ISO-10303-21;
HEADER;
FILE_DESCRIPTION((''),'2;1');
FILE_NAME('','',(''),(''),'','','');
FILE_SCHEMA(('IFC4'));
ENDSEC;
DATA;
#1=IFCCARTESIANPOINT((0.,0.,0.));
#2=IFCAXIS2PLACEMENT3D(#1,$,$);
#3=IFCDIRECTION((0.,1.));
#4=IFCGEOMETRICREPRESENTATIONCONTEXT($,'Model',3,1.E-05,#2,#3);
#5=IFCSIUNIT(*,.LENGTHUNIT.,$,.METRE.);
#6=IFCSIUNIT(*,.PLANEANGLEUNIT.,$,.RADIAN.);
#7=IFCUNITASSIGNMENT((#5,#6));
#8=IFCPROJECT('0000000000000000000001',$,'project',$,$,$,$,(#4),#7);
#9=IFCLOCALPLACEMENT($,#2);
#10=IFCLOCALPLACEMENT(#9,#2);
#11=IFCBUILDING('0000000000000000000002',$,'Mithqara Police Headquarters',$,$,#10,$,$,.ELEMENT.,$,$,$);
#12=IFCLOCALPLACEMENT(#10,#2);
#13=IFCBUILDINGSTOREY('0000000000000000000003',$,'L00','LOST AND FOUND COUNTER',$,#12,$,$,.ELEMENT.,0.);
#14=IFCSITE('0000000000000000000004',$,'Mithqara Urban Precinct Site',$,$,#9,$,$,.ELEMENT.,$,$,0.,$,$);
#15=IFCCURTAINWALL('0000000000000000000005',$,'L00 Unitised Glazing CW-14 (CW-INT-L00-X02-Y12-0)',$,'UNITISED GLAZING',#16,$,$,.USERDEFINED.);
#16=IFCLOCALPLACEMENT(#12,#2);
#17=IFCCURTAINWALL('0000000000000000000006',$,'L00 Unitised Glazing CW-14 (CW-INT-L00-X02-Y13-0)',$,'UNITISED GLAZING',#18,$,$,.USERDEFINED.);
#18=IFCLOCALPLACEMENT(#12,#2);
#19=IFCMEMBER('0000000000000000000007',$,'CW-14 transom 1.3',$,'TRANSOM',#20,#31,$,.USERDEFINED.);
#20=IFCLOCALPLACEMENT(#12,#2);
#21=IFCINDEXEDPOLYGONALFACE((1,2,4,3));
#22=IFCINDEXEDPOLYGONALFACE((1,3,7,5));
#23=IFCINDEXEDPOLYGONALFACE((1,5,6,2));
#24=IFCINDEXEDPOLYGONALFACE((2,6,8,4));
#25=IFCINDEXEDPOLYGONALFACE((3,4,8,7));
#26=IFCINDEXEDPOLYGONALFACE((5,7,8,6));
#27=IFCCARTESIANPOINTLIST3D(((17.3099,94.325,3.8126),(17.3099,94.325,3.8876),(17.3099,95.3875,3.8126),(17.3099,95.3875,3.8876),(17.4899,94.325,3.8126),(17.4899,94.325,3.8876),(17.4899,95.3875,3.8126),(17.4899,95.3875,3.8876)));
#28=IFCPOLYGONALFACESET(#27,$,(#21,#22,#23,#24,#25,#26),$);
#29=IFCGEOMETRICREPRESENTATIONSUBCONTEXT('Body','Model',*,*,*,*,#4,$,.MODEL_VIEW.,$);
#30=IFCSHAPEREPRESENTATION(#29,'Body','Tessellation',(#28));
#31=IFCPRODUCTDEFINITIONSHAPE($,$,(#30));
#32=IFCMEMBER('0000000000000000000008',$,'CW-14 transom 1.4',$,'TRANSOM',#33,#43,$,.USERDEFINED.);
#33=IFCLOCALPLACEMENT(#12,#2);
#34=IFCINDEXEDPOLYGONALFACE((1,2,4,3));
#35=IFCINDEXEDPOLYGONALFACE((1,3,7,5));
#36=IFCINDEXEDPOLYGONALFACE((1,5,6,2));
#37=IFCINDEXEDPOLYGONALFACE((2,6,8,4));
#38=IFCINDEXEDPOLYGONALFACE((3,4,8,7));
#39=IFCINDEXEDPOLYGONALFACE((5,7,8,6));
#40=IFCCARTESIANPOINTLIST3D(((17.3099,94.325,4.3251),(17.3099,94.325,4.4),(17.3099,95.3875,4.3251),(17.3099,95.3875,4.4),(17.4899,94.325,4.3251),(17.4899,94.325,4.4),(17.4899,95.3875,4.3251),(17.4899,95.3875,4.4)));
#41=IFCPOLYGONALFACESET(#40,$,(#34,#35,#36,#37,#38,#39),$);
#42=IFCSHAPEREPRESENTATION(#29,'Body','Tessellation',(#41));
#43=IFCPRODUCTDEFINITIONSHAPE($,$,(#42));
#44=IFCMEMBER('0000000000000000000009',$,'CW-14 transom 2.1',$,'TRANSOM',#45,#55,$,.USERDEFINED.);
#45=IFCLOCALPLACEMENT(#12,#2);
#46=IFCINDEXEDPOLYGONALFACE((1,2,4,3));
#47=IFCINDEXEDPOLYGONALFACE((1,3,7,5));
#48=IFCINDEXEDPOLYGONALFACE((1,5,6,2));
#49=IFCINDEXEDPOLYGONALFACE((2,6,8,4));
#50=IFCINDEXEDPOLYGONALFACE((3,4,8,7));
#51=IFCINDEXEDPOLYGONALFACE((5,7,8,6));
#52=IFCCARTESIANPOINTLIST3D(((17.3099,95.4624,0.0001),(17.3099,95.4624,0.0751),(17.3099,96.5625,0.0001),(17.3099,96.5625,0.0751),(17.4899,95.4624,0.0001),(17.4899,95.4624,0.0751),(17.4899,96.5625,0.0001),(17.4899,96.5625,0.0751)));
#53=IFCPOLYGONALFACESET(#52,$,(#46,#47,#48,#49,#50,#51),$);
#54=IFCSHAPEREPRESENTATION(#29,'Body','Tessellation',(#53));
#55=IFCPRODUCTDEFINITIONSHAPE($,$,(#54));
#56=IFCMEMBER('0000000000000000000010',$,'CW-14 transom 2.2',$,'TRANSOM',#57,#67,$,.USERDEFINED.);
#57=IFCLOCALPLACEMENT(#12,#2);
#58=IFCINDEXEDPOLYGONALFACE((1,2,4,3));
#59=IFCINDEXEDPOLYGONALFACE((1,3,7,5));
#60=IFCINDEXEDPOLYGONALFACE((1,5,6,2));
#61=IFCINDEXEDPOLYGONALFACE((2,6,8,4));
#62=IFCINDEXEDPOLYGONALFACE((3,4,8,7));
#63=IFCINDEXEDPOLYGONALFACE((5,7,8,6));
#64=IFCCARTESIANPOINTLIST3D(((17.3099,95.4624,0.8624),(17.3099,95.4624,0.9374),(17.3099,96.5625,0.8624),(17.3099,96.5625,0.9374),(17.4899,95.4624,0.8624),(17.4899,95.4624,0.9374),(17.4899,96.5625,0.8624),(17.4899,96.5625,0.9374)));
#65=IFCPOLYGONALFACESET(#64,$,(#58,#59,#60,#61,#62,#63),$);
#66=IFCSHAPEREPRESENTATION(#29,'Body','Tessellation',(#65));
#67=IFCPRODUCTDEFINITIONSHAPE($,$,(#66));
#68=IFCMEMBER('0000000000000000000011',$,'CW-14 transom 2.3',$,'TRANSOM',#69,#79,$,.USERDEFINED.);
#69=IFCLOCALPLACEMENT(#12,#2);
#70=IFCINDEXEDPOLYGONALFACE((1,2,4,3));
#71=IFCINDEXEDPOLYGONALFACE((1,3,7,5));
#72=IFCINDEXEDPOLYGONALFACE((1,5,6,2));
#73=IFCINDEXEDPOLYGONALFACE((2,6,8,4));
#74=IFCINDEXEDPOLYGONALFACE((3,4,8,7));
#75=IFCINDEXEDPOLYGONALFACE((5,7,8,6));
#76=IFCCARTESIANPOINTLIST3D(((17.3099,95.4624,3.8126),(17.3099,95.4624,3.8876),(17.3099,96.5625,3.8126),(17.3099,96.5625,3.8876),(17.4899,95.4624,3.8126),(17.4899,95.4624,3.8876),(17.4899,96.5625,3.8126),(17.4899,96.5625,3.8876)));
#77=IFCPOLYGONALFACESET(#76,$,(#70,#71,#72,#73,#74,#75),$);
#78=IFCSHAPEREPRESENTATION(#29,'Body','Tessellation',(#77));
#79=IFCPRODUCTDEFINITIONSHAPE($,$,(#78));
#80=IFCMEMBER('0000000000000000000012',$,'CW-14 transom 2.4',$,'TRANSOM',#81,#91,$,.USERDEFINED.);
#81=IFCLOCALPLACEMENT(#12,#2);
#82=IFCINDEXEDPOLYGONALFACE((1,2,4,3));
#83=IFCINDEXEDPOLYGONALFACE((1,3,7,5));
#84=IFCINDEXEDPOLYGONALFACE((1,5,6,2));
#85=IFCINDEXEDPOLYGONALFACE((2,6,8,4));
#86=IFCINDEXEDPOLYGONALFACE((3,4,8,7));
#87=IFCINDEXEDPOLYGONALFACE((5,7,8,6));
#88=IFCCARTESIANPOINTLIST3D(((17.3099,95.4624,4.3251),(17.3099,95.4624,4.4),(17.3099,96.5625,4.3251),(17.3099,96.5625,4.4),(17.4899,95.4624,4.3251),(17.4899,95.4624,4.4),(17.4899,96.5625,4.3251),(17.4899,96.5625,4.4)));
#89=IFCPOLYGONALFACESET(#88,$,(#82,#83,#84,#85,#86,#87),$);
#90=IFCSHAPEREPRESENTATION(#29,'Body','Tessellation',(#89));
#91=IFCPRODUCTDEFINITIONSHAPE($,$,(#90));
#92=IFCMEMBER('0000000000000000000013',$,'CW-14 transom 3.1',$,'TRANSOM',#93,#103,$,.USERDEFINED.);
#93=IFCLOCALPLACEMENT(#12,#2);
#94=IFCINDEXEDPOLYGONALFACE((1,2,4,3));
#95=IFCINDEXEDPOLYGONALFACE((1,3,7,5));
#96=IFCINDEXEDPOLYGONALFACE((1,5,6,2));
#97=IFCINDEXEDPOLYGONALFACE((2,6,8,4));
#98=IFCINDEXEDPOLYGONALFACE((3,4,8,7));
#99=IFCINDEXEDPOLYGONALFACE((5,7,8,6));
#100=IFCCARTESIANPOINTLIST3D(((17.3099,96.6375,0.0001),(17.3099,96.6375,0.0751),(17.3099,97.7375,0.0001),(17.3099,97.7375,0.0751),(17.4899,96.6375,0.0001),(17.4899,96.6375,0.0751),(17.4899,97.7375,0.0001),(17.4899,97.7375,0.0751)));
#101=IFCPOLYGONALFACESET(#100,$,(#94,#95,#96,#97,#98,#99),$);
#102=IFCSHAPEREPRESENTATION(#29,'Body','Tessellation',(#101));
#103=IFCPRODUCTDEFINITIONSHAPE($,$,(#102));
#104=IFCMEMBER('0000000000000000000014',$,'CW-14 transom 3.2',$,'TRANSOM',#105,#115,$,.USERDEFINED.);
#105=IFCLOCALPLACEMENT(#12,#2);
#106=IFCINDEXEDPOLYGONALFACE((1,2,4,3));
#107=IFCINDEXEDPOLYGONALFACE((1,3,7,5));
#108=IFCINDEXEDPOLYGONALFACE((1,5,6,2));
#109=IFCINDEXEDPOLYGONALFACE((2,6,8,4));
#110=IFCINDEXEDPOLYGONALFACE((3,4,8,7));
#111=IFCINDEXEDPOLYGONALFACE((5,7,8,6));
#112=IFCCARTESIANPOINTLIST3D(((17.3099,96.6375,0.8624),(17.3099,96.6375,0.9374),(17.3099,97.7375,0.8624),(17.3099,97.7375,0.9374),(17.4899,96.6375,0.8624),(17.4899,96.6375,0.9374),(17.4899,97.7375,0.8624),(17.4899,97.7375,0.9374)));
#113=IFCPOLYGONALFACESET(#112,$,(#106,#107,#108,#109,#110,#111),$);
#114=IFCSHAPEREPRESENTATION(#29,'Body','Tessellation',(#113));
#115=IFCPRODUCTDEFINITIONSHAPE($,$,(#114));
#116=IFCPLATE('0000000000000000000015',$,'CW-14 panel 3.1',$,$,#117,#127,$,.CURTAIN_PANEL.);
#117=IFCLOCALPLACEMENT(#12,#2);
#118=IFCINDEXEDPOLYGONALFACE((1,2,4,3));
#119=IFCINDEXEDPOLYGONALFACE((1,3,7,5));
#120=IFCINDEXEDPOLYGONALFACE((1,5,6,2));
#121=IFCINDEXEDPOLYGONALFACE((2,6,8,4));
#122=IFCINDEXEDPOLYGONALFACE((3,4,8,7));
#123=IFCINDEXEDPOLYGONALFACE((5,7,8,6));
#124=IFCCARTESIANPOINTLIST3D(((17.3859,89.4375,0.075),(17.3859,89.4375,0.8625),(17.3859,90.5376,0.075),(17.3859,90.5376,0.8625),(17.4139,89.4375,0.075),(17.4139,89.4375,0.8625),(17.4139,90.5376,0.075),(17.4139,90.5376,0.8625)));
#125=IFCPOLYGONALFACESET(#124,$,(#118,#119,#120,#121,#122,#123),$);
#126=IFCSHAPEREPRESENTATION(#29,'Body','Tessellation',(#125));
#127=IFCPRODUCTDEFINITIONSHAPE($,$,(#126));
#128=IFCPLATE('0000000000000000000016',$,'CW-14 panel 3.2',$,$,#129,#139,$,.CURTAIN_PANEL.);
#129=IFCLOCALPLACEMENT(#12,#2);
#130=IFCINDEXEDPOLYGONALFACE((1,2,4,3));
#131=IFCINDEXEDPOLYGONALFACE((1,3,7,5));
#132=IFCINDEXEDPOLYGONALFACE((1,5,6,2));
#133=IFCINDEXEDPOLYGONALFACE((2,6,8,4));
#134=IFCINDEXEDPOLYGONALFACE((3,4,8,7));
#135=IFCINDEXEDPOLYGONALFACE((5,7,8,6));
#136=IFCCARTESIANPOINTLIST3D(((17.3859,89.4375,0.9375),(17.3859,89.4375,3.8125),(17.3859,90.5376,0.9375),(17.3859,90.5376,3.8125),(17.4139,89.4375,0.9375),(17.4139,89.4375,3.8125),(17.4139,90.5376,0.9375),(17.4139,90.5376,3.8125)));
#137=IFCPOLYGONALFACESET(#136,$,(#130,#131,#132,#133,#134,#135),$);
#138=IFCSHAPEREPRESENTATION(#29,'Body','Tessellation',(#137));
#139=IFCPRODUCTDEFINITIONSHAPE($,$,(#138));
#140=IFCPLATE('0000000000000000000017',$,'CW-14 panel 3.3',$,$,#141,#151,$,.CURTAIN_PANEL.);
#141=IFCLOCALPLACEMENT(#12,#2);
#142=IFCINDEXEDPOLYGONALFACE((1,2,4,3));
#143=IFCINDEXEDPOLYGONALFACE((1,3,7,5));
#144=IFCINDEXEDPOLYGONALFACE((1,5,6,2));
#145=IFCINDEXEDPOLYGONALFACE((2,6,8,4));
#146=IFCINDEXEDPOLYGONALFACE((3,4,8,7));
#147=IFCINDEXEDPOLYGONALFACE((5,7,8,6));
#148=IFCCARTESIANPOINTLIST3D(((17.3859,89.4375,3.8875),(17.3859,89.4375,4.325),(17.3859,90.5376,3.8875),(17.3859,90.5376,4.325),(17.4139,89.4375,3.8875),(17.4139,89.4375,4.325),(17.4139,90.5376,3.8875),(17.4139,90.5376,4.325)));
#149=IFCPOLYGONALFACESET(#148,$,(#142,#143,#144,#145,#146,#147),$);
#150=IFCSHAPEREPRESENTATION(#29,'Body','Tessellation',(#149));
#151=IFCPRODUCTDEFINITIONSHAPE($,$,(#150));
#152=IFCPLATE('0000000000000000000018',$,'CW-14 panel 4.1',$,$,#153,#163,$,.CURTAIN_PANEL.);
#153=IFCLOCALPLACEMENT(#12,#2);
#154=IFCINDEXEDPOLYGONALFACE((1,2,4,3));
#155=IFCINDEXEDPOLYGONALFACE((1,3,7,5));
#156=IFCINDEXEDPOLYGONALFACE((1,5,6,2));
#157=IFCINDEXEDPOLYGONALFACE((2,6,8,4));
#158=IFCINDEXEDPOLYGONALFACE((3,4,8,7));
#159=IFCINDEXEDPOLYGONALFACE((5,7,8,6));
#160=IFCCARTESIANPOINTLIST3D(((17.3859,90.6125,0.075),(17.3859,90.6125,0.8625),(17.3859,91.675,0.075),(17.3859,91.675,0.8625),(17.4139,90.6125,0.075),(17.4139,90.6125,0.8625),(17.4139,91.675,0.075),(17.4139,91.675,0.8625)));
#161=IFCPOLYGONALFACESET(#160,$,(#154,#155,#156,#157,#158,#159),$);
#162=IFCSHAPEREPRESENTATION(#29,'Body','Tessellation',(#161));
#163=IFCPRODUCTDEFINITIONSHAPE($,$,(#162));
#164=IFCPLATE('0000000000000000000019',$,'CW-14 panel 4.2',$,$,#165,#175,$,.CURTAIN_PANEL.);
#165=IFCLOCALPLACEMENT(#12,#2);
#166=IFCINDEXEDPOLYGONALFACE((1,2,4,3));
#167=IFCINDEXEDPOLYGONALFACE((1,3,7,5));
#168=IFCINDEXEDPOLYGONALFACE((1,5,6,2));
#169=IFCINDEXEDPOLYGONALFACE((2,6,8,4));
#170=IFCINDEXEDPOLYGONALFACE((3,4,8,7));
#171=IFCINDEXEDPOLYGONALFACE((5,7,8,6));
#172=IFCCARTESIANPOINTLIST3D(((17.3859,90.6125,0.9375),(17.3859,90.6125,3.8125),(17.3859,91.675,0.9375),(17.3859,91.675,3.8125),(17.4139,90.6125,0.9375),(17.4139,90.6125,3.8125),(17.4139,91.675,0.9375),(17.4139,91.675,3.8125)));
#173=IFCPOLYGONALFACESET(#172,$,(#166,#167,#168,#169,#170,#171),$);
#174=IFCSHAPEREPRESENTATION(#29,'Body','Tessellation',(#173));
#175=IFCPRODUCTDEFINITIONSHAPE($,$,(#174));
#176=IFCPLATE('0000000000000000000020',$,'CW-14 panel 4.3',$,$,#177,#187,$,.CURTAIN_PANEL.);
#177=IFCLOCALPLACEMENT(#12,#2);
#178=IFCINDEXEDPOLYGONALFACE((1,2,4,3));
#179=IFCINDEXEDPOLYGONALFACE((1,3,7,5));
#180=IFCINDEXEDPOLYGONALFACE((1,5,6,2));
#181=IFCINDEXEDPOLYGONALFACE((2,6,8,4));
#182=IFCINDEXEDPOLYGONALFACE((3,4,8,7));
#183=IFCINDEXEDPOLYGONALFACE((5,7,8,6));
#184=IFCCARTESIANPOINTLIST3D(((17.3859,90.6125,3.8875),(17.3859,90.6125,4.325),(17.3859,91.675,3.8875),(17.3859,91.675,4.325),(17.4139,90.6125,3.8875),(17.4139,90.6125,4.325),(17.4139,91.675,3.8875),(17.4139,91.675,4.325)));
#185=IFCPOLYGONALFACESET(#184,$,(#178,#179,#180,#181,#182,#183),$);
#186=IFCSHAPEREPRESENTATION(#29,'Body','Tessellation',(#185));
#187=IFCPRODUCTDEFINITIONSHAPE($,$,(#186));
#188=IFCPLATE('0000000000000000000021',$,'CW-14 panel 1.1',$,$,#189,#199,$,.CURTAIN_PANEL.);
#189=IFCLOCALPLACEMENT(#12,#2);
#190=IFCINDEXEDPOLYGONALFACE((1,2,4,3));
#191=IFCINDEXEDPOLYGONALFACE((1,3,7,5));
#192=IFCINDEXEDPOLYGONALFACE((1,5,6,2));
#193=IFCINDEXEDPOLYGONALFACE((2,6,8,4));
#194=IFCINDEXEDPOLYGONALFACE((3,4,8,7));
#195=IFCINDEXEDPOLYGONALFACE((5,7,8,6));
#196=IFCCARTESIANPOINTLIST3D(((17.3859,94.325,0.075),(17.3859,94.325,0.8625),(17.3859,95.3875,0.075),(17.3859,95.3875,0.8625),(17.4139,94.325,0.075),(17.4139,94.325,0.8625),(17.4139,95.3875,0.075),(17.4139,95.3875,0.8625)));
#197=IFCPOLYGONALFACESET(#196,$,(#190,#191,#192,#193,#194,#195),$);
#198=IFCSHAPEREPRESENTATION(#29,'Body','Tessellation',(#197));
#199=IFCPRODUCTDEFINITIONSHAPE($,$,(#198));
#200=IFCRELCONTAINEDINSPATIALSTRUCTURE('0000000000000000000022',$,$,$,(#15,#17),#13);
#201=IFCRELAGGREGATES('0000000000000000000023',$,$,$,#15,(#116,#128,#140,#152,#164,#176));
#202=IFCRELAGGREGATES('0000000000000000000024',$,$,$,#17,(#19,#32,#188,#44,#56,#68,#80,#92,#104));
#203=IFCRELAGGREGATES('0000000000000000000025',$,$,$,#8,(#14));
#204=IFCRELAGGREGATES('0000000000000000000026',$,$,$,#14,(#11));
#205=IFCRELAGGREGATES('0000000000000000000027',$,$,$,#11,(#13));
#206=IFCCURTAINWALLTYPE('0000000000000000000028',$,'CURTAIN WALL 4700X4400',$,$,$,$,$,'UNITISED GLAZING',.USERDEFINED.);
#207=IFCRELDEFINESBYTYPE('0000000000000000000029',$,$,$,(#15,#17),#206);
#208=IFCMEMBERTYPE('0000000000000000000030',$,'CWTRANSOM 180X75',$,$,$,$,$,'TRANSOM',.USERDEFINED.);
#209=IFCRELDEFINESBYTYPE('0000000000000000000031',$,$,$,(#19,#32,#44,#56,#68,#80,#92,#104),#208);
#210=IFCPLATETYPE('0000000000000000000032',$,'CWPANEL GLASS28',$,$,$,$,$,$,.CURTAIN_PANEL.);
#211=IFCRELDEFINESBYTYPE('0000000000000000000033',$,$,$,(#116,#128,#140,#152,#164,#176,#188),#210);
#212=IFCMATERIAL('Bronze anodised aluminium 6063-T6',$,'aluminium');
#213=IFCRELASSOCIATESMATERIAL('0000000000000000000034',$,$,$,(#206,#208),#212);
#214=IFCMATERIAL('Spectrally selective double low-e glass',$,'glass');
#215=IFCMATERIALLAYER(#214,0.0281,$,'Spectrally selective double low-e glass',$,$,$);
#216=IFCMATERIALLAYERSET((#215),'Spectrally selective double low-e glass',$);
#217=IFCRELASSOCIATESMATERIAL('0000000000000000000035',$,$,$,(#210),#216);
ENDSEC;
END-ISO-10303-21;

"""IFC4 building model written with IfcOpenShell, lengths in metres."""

from ifc_helpers import new_model, si_unit, direction, frame, origin, origin_2d, place, context, subcontext, project, spatial, rectangle, extrude, material, layer, layer_set, material_profile, profile_set, type_object, element, aggregate, save


model = new_model("IFC4")

# Units and contexts
model_context = context("Model", 3, precision=1e-05, world=origin(), true_north=direction((0.0, 1.0)))
body_context = subcontext(model_context, "Body", "Model", "MODEL_VIEW")
ifc_project = project(units=[si_unit("LENGTHUNIT", "METRE"), si_unit("PLANEANGLEUNIT", "RADIAN")], contexts=[model_context])

# Site, building, storey
site_placement = place(None, origin())
site = spatial("IfcSite", under=ifc_project, at=site_placement, Name="Mithqara Urban Precinct Site", CompositionType="ELEMENT", RefElevation=0.0)
building_placement = place(site_placement, origin())
building = spatial("IfcBuilding", under=site, at=building_placement, Name="Mithqara Police Headquarters", CompositionType="ELEMENT")
storey_placement = place(building_placement, origin())
storey = spatial("IfcBuildingStorey", under=building, at=storey_placement, Name="L00", Description="LOST AND FOUND COUNTER", CompositionType="ELEMENT", Elevation=0.0)

# Curtain walls
ifc_material_1 = material(Name="Bronze anodised aluminium 6063-T6", Category="aluminium")
curtain_wall_type = type_object("IfcCurtainWallType", Name="CURTAIN WALL 4700X4400", ElementType="UNITISED GLAZING", PredefinedType="USERDEFINED", material=ifc_material_1)
curtain_wall_1_placement = place(storey_placement, origin())
curtain_wall_1 = element("IfcCurtainWall", 1, at=curtain_wall_1_placement, inside=storey, type_object=curtain_wall_type, Name="L00 Unitised Glazing CW-14 (CW-INT-L00-X02-Y12-0)", ObjectType="UNITISED GLAZING", PredefinedType="USERDEFINED")
curtain_wall_2_placement = place(storey_placement, origin())
curtain_wall_2 = element("IfcCurtainWall", 2, at=curtain_wall_2_placement, inside=storey, type_object=curtain_wall_type, Name="L00 Unitised Glazing CW-14 (CW-INT-L00-X02-Y13-0)", ObjectType="UNITISED GLAZING", PredefinedType="USERDEFINED")

# Members
ifc_material_profile_1 = material_profile(ifc_material_1, rectangle(XDim=0.1799, YDim=0.075, at=origin_2d()), Name="CWT 180x75")
ifc_profile_set_1 = profile_set([ifc_material_profile_1], Name="Bronze anodised aluminium 6063-T6")
member_type_1 = type_object("IfcMemberType", Name="CWTRANSOM 180X75", ElementType="TRANSOM", PredefinedType="USERDEFINED", material=ifc_profile_set_1)
member_1_placement = place(storey_placement, frame((17.3999, 94.325, 3.8501), z_axis=(0.0, 1.0, 0.0), x_axis=(-1.0, 0.0, 0.0)))
member_1 = element("IfcMember", 3, at=member_1_placement, type_object=member_type_1, Name="CW-14 transom 1.3", ObjectType="TRANSOM", PredefinedType="USERDEFINED", context=body_context, shape_type="SweptSolid", body=[
    extrude(rectangle(XDim=0.1799, YDim=0.075, at=origin_2d()), origin(), (0.0, 0.0, 1.0), 1.0625),
])
member_2_placement = place(storey_placement, frame((17.3999, 94.325, 4.3625), z_axis=(0.0, 1.0, 0.0), x_axis=(-1.0, 0.0, 0.0)))
member_2 = element("IfcMember", 4, at=member_2_placement, type_object=member_type_1, Name="CW-14 transom 1.4", ObjectType="TRANSOM", PredefinedType="USERDEFINED", context=body_context, shape_type="SweptSolid", body=[
    extrude(rectangle(XDim=0.1799, YDim=0.075, at=origin_2d()), origin(), (0.0, 0.0, 1.0), 1.0625),
])
member_3_placement = place(storey_placement, frame((17.3999, 95.4624, 0.0376), z_axis=(0.0, 1.0, 0.0), x_axis=(-1.0, 0.0, 0.0)))
member_3 = element("IfcMember", 5, at=member_3_placement, type_object=member_type_1, Name="CW-14 transom 2.1", ObjectType="TRANSOM", PredefinedType="USERDEFINED", context=body_context, shape_type="SweptSolid", body=[
    extrude(rectangle(XDim=0.1799, YDim=0.075, at=origin_2d()), origin(), (0.0, 0.0, 1.0), 1.1001),
])
member_4_placement = place(storey_placement, frame((17.3999, 95.4624, 0.8999), z_axis=(0.0, 1.0, 0.0), x_axis=(-1.0, 0.0, 0.0)))
member_4 = element("IfcMember", 6, at=member_4_placement, type_object=member_type_1, Name="CW-14 transom 2.2", ObjectType="TRANSOM", PredefinedType="USERDEFINED", context=body_context, shape_type="SweptSolid", body=[
    extrude(rectangle(XDim=0.1799, YDim=0.075, at=origin_2d()), origin(), (0.0, 0.0, 1.0), 1.1001),
])
member_5_placement = place(storey_placement, frame((17.3999, 95.4624, 3.8501), z_axis=(0.0, 1.0, 0.0), x_axis=(-1.0, 0.0, 0.0)))
member_5 = element("IfcMember", 7, at=member_5_placement, type_object=member_type_1, Name="CW-14 transom 2.3", ObjectType="TRANSOM", PredefinedType="USERDEFINED", context=body_context, shape_type="SweptSolid", body=[
    extrude(rectangle(XDim=0.1799, YDim=0.075, at=origin_2d()), origin(), (0.0, 0.0, 1.0), 1.1001),
])
member_6_placement = place(storey_placement, frame((17.3999, 95.4624, 4.3625), z_axis=(0.0, 1.0, 0.0), x_axis=(-1.0, 0.0, 0.0)))
member_6 = element("IfcMember", 8, at=member_6_placement, type_object=member_type_1, Name="CW-14 transom 2.4", ObjectType="TRANSOM", PredefinedType="USERDEFINED", context=body_context, shape_type="SweptSolid", body=[
    extrude(rectangle(XDim=0.1799, YDim=0.075, at=origin_2d()), origin(), (0.0, 0.0, 1.0), 1.1001),
])
member_7_placement = place(storey_placement, frame((17.3999, 96.6375, 0.0376), z_axis=(0.0, 1.0, 0.0), x_axis=(-1.0, 0.0, 0.0)))
member_7 = element("IfcMember", 9, at=member_7_placement, type_object=member_type_1, Name="CW-14 transom 3.1", ObjectType="TRANSOM", PredefinedType="USERDEFINED", context=body_context, shape_type="SweptSolid", body=[
    extrude(rectangle(XDim=0.1799, YDim=0.075, at=origin_2d()), origin(), (0.0, 0.0, 1.0), 1.1001),
])
member_8_placement = place(storey_placement, frame((17.3999, 96.6375, 0.8999), z_axis=(0.0, 1.0, 0.0), x_axis=(-1.0, 0.0, 0.0)))
member_8 = element("IfcMember", 10, at=member_8_placement, type_object=member_type_1, Name="CW-14 transom 3.2", ObjectType="TRANSOM", PredefinedType="USERDEFINED", context=body_context, shape_type="SweptSolid", body=[
    extrude(rectangle(XDim=0.1799, YDim=0.075, at=origin_2d()), origin(), (0.0, 0.0, 1.0), 1.1001),
])

# Plates
ifc_material_2 = material(Name="Spectrally selective double low-e glass", Category="glass")
ifc_layer = layer(ifc_material_2, 0.0281, Name="Spectrally selective double low-e glass")
ifc_layer_set = layer_set([ifc_layer], Name="Spectrally selective double low-e glass")
plate_type = type_object("IfcPlateType", Name="CWPANEL GLASS28", PredefinedType="CURTAIN_PANEL", material=ifc_layer_set)
plate_1_placement = place(storey_placement, frame((17.3999, 89.9875, 0.075), z_axis=(0.0, 0.0, 1.0), x_axis=(0.0, 1.0, 0.0)))
plate_1 = element("IfcPlate", 11, at=plate_1_placement, type_object=plate_type, Name="CW-14 panel 3.1", PredefinedType="CURTAIN_PANEL", context=body_context, shape_type="SweptSolid", body=[
    extrude(rectangle(XDim=1.1001, YDim=0.0281, at=origin_2d()), origin(), (0.0, 0.0, 1.0), 0.7876),
])
plate_2_placement = place(storey_placement, frame((17.3999, 89.9875, 0.9375), z_axis=(0.0, 0.0, 1.0), x_axis=(0.0, 1.0, 0.0)))
plate_2 = element("IfcPlate", 12, at=plate_2_placement, type_object=plate_type, Name="CW-14 panel 3.2", PredefinedType="CURTAIN_PANEL", context=body_context, shape_type="SweptSolid", body=[
    extrude(rectangle(XDim=1.1001, YDim=0.0281, at=origin_2d()), origin(), (0.0, 0.0, 1.0), 2.875),
])
plate_3_placement = place(storey_placement, frame((17.3999, 89.9875, 3.8875), z_axis=(0.0, 0.0, 1.0), x_axis=(0.0, 1.0, 0.0)))
plate_3 = element("IfcPlate", 13, at=plate_3_placement, type_object=plate_type, Name="CW-14 panel 3.3", PredefinedType="CURTAIN_PANEL", context=body_context, shape_type="SweptSolid", body=[
    extrude(rectangle(XDim=1.1001, YDim=0.0281, at=origin_2d()), origin(), (0.0, 0.0, 1.0), 0.4375),
])
plate_4_placement = place(storey_placement, frame((17.3999, 91.1438, 0.075), z_axis=(0.0, 0.0, 1.0), x_axis=(0.0, 1.0, 0.0)))
plate_4 = element("IfcPlate", 14, at=plate_4_placement, type_object=plate_type, Name="CW-14 panel 4.1", PredefinedType="CURTAIN_PANEL", context=body_context, shape_type="SweptSolid", body=[
    extrude(rectangle(XDim=1.0625, YDim=0.0281, at=origin_2d()), origin(), (0.0, 0.0, 1.0), 0.7876),
])
plate_5_placement = place(storey_placement, frame((17.3999, 91.1438, 0.9375), z_axis=(0.0, 0.0, 1.0), x_axis=(0.0, 1.0, 0.0)))
plate_5 = element("IfcPlate", 15, at=plate_5_placement, type_object=plate_type, Name="CW-14 panel 4.2", PredefinedType="CURTAIN_PANEL", context=body_context, shape_type="SweptSolid", body=[
    extrude(rectangle(XDim=1.0625, YDim=0.0281, at=origin_2d()), origin(), (0.0, 0.0, 1.0), 2.875),
])
plate_6_placement = place(storey_placement, frame((17.3999, 91.1438, 3.8875), z_axis=(0.0, 0.0, 1.0), x_axis=(0.0, 1.0, 0.0)))
plate_6 = element("IfcPlate", 16, at=plate_6_placement, type_object=plate_type, Name="CW-14 panel 4.3", PredefinedType="CURTAIN_PANEL", context=body_context, shape_type="SweptSolid", body=[
    extrude(rectangle(XDim=1.0625, YDim=0.0281, at=origin_2d()), origin(), (0.0, 0.0, 1.0), 0.4375),
])
aggregate(curtain_wall_1, [plate_1, plate_2, plate_3, plate_4, plate_5, plate_6])
plate_7_placement = place(storey_placement, frame((17.3999, 94.8562, 0.075), z_axis=(0.0, 0.0, 1.0), x_axis=(0.0, 1.0, 0.0)))
plate_7 = element("IfcPlate", 17, at=plate_7_placement, type_object=plate_type, Name="CW-14 panel 1.1", PredefinedType="CURTAIN_PANEL", context=body_context, shape_type="SweptSolid", body=[
    extrude(rectangle(XDim=1.0625, YDim=0.0281, at=origin_2d()), origin(), (0.0, 0.0, 1.0), 0.7876),
])
aggregate(curtain_wall_2, [member_1, member_2, plate_7, member_3, member_4, member_5, member_6, member_7, member_8])

save(model, "model.ifc")
